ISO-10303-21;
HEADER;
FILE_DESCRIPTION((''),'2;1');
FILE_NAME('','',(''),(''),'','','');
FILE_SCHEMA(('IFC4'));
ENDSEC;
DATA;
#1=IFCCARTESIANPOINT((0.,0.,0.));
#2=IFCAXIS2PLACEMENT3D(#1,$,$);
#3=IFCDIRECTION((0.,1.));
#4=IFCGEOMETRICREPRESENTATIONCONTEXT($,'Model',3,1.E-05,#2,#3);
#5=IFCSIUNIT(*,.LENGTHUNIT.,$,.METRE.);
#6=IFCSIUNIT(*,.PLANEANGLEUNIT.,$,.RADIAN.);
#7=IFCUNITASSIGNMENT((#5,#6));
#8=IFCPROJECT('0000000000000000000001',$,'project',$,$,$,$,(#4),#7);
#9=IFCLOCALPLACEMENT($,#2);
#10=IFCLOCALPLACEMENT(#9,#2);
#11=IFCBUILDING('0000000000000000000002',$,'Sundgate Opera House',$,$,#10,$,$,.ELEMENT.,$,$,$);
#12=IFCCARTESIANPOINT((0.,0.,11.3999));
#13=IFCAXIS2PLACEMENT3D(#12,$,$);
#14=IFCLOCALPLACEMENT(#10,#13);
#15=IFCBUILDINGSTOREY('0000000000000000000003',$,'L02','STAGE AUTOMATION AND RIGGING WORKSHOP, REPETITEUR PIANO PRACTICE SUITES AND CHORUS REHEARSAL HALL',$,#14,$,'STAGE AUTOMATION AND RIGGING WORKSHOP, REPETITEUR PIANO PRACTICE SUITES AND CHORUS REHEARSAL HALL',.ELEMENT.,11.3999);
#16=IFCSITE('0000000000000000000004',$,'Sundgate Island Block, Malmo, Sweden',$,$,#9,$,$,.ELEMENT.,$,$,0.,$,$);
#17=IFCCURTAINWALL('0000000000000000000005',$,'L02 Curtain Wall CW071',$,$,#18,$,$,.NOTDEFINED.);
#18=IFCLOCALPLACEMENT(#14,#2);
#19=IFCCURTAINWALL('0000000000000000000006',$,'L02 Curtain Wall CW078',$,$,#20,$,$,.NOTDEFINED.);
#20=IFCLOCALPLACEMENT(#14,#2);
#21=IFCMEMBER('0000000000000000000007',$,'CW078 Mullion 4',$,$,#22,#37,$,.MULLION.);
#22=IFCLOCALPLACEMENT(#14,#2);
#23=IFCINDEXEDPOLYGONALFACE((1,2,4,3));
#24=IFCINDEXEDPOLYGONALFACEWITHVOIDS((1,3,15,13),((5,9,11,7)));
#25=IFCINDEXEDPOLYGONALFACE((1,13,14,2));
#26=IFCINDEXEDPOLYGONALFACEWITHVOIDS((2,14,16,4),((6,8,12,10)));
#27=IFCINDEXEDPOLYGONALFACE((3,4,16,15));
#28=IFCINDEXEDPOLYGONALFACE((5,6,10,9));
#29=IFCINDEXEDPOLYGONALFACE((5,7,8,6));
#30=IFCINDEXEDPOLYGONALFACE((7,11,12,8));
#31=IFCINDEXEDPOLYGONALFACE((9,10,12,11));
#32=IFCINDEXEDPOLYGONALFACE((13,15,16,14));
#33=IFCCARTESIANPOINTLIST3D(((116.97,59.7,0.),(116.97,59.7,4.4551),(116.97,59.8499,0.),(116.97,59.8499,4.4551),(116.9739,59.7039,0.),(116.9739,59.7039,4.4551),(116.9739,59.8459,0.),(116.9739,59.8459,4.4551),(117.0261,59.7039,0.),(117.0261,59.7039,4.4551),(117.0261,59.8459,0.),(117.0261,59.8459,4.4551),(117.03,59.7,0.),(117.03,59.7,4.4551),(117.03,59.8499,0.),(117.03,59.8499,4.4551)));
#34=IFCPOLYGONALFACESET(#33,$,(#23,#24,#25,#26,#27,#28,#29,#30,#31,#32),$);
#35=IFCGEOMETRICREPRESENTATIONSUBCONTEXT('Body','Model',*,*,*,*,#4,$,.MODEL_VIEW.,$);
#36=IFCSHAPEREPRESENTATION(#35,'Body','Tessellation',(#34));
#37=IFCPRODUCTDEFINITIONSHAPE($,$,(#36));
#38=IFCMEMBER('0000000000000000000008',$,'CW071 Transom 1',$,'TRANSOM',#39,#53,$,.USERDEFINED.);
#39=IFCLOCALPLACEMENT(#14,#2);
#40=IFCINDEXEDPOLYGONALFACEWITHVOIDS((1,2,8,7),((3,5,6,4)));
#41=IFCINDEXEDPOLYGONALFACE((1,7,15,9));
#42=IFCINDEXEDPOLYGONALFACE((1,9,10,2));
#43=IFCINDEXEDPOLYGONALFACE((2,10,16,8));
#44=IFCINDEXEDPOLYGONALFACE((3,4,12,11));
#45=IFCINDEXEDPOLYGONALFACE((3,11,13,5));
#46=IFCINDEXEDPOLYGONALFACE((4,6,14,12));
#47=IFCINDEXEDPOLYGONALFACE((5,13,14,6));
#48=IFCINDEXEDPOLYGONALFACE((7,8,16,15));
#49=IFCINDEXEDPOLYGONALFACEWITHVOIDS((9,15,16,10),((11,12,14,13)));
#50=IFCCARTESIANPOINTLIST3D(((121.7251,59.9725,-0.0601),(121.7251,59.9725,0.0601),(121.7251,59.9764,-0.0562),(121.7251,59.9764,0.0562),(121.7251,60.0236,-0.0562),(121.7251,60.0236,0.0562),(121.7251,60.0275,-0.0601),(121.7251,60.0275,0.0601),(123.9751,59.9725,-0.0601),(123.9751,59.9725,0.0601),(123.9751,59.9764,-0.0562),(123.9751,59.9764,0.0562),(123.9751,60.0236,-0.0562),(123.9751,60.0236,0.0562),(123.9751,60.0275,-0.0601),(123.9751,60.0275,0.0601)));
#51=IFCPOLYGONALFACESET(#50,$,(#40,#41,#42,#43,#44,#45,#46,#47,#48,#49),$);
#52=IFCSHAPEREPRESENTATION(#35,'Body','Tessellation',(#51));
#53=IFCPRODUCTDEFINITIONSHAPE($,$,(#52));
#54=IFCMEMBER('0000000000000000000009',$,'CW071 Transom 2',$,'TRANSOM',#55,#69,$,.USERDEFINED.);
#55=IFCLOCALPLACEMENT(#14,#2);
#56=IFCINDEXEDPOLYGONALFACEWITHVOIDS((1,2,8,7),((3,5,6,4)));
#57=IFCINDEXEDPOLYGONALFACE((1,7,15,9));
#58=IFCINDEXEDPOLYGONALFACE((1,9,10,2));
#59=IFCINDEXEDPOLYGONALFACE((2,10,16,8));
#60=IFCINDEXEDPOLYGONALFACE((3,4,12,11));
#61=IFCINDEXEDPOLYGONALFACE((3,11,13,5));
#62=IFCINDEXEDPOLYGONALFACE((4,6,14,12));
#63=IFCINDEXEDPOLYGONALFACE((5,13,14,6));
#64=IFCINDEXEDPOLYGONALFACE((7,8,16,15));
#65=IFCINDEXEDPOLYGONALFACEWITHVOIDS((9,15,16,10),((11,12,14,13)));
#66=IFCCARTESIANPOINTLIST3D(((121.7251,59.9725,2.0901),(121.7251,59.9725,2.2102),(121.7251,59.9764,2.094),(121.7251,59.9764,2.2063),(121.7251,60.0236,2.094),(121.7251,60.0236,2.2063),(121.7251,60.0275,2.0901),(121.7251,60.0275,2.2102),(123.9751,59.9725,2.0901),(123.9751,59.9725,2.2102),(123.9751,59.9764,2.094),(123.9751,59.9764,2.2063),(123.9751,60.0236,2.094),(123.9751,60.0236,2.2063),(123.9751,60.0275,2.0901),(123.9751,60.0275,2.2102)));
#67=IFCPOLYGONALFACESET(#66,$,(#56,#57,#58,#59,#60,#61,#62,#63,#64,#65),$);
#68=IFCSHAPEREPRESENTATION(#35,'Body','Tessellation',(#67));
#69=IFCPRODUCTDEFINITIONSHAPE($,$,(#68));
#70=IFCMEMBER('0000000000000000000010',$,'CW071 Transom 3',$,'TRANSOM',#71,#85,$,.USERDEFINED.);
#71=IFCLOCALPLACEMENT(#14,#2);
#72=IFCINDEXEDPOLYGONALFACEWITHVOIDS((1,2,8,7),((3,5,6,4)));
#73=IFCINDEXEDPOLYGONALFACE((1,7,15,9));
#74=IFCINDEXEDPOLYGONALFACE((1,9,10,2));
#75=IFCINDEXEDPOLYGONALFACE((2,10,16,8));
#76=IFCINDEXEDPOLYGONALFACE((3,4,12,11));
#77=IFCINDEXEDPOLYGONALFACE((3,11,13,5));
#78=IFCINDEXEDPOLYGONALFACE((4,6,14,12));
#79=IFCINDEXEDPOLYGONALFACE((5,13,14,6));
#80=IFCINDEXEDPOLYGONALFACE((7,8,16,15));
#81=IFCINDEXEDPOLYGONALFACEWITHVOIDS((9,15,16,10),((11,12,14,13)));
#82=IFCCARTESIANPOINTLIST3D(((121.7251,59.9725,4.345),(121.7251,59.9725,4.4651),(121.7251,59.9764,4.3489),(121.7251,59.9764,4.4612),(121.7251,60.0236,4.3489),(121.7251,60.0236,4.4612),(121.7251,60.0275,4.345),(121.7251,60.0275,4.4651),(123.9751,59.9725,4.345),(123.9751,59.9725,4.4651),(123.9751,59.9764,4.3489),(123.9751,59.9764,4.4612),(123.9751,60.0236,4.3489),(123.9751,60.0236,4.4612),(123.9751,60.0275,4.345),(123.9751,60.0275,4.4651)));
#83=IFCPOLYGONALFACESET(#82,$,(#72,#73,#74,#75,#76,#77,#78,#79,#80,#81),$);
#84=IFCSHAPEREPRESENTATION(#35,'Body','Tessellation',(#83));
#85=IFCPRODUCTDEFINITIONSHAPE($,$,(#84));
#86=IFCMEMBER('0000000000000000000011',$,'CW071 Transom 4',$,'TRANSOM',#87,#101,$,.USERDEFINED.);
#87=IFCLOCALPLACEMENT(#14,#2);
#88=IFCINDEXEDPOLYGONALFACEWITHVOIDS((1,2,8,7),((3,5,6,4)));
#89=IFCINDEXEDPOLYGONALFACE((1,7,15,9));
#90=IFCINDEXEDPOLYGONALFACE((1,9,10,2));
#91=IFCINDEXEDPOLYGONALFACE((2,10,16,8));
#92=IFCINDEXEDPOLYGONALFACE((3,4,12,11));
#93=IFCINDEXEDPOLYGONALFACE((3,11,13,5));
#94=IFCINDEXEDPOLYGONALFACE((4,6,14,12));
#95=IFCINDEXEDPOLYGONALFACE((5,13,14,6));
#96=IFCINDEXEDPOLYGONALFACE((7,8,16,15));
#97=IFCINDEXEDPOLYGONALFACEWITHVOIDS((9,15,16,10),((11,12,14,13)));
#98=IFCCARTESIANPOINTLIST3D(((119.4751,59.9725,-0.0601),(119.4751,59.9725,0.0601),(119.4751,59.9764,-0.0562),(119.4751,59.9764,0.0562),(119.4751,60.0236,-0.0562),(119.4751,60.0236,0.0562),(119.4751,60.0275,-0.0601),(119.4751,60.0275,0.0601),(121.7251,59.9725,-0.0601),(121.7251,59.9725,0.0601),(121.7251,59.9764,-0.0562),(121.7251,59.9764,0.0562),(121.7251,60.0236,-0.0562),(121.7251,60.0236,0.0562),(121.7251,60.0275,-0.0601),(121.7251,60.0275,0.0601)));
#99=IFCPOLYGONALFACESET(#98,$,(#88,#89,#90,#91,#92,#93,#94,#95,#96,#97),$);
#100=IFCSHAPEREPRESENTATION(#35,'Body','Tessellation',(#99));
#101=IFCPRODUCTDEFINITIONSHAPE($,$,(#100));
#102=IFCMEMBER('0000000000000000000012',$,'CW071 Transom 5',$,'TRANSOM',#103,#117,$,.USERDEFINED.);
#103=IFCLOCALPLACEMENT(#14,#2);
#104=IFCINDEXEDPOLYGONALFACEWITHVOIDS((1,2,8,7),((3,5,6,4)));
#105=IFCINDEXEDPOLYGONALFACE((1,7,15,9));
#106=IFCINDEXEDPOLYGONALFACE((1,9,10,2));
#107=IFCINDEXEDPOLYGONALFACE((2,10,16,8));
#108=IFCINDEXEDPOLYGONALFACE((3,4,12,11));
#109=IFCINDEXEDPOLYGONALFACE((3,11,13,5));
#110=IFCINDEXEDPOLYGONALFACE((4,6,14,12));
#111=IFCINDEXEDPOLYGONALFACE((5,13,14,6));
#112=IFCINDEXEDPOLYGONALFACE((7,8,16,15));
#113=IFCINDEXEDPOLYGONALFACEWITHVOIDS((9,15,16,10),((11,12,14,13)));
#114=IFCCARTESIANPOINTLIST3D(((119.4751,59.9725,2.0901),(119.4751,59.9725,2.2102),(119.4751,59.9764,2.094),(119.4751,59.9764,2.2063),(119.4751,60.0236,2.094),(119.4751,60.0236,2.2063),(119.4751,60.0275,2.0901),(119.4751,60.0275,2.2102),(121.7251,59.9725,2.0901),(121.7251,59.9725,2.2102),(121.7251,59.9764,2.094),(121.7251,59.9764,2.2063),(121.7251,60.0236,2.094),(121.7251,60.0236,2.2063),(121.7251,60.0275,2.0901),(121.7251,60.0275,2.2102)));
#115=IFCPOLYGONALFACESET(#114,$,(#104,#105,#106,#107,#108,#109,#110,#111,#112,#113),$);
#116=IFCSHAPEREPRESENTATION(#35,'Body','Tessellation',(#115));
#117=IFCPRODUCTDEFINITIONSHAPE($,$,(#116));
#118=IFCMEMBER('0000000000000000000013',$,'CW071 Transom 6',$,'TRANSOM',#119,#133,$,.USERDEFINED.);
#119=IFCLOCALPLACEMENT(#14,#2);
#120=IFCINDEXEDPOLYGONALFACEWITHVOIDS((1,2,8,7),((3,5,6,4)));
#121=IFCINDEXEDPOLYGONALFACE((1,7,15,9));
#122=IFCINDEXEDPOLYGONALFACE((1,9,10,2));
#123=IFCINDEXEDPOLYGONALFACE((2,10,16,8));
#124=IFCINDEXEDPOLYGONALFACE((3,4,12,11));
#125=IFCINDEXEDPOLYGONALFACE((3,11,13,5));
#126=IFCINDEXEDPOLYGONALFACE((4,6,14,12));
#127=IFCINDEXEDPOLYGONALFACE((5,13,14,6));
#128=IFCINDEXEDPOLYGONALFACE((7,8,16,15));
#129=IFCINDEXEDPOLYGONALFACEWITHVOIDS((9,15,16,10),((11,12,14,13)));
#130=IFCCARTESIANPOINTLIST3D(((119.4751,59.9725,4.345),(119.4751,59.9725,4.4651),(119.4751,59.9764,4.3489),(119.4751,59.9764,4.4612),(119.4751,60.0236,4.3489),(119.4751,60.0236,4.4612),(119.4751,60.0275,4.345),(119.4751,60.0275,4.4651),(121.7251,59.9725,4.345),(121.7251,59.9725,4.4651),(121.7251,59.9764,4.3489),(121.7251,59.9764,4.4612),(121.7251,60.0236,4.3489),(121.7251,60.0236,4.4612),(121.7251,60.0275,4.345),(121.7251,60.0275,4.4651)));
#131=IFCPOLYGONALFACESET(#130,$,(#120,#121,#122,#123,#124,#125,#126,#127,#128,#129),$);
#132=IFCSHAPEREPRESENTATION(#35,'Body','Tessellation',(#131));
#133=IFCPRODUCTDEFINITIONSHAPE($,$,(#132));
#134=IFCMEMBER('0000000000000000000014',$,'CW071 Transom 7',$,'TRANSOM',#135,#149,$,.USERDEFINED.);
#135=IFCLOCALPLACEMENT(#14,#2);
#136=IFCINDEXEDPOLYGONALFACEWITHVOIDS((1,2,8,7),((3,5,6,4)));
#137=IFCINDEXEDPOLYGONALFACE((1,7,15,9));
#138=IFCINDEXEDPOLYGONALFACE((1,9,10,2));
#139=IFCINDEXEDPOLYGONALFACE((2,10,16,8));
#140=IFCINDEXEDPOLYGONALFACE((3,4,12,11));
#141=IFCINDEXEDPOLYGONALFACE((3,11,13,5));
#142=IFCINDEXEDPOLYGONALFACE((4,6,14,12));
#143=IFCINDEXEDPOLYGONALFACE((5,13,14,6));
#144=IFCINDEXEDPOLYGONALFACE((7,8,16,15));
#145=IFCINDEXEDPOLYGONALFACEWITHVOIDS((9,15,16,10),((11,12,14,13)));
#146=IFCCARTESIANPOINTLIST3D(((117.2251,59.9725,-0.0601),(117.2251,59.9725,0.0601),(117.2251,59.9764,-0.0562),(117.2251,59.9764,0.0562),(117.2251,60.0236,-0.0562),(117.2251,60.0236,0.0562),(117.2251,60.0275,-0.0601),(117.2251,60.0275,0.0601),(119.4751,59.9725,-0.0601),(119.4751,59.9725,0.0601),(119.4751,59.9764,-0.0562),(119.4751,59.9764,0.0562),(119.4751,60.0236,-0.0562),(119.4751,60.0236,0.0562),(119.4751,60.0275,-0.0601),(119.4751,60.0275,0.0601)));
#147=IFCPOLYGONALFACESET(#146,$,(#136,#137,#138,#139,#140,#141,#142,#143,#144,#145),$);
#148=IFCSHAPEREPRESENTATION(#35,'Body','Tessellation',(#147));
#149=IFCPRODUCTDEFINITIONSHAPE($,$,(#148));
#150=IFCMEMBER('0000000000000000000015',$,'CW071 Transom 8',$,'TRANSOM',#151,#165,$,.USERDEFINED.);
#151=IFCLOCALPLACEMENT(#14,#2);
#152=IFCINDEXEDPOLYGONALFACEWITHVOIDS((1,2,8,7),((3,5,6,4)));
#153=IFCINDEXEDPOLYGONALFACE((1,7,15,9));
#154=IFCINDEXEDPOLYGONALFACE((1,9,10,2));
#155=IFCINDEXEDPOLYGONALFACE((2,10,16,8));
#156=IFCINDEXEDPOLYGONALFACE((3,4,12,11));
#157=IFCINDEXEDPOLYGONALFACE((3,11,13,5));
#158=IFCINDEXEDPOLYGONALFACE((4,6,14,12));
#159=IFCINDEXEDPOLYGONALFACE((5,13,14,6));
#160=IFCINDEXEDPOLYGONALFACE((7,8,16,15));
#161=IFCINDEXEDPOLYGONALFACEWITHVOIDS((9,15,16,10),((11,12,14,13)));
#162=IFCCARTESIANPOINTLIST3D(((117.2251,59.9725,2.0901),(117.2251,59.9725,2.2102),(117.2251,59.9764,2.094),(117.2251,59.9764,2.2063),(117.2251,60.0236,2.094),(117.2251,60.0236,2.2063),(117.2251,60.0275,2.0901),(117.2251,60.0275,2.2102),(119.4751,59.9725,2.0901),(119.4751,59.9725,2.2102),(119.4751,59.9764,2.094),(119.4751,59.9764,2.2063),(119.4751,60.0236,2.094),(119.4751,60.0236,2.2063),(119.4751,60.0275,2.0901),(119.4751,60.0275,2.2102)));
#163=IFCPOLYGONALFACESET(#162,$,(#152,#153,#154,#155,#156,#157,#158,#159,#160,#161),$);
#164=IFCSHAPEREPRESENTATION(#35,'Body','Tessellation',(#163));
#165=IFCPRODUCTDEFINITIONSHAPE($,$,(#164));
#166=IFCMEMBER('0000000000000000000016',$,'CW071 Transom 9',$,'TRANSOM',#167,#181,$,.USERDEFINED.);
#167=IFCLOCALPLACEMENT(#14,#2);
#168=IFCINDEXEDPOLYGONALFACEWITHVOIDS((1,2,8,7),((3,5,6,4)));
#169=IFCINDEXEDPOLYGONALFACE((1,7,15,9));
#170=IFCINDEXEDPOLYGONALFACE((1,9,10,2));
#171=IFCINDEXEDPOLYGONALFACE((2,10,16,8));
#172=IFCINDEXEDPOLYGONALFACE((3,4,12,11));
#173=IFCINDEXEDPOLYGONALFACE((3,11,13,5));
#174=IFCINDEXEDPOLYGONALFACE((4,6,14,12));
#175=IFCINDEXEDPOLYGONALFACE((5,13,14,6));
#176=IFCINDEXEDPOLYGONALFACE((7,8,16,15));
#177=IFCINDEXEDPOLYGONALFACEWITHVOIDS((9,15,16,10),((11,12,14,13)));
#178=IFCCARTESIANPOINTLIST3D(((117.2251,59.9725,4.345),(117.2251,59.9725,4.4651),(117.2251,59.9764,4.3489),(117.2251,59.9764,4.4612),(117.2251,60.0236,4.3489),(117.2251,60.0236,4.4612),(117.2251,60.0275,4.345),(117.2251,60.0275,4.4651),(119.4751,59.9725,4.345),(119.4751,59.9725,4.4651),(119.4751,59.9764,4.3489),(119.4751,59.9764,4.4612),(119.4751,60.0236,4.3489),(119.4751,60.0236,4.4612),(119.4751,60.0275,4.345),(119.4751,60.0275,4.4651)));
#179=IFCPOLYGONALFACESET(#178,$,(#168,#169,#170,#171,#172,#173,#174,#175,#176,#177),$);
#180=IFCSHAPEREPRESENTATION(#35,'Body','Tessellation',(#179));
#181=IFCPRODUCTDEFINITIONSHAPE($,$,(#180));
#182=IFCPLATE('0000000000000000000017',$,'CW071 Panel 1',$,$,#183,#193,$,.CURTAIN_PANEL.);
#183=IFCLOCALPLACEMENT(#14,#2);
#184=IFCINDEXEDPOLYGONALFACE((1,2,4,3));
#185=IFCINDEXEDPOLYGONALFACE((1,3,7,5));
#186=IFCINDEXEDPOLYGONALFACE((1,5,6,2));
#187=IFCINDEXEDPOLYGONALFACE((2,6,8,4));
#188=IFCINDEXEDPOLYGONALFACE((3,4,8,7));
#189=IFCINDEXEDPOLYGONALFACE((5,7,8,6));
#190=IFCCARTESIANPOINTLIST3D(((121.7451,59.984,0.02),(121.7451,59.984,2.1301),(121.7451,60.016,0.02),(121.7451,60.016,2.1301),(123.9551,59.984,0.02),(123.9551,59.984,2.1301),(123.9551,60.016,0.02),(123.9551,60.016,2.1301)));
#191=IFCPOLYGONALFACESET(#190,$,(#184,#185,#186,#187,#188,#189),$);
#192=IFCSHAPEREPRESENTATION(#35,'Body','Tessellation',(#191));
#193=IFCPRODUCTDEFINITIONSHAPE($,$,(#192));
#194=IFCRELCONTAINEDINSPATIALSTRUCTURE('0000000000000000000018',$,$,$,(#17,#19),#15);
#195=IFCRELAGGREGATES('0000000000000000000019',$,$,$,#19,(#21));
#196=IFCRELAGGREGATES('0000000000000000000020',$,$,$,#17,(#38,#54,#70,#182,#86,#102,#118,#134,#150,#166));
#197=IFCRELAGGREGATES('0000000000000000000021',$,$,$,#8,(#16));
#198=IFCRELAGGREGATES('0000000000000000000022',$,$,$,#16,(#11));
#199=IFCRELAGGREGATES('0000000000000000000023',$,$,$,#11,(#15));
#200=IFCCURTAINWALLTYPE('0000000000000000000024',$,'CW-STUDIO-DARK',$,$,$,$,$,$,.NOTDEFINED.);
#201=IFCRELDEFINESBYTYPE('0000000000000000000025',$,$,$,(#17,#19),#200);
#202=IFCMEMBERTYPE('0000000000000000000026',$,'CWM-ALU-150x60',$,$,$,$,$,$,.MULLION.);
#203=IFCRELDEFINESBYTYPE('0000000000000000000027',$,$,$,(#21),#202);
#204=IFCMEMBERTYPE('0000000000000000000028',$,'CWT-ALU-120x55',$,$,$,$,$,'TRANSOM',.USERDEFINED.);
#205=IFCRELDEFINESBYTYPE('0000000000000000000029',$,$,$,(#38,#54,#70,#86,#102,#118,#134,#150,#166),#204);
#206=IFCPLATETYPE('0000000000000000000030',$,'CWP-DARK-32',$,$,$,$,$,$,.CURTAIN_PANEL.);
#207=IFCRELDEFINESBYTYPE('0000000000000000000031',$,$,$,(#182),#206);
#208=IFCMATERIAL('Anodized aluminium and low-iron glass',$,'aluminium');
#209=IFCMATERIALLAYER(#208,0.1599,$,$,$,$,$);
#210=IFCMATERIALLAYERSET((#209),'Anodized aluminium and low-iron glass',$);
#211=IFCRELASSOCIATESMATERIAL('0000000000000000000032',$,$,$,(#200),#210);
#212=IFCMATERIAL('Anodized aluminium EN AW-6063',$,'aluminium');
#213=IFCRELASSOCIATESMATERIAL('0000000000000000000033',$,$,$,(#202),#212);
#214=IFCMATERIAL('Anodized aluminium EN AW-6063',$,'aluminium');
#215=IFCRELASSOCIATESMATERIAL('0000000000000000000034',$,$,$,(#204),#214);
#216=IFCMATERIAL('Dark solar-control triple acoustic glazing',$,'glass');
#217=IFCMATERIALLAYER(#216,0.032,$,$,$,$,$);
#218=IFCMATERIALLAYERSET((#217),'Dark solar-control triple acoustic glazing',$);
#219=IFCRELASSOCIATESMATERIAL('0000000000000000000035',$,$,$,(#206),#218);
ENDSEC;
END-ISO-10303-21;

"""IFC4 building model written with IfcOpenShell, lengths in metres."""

from ifc_helpers import new_model, si_unit, direction, frame, origin, origin_2d, place, context, subcontext, project, spatial, rectangle, hollow_rectangle, extrude, material, layer, layer_set, material_profile, profile_set, type_object, element, aggregate, save


model = new_model("IFC4")

# Units and contexts
model_context = context("Model", 3, precision=1e-05, world=origin(), true_north=direction((0.0, 1.0)))
body_context = subcontext(model_context, "Body", "Model", "MODEL_VIEW")
ifc_project = project(units=[si_unit("LENGTHUNIT", "METRE"), si_unit("PLANEANGLEUNIT", "RADIAN")], contexts=[model_context])

# Site, building, storey
site_placement = place(None, origin())
site = spatial("IfcSite", under=ifc_project, at=site_placement, Name="Sundgate Island Block, Malmo, Sweden", CompositionType="ELEMENT", RefElevation=0.0)
building_placement = place(site_placement, origin())
building = spatial("IfcBuilding", under=site, at=building_placement, Name="Sundgate Opera House", CompositionType="ELEMENT")
storey_placement = place(building_placement, frame((0.0, 0.0, 11.3999)))
storey = spatial("IfcBuildingStorey", under=building, at=storey_placement, Name="L02", Description="STAGE AUTOMATION AND RIGGING WORKSHOP, REPETITEUR PIANO PRACTICE SUITES AND CHORUS REHEARSAL HALL", LongName="STAGE AUTOMATION AND RIGGING WORKSHOP, REPETITEUR PIANO PRACTICE SUITES AND CHORUS REHEARSAL HALL", CompositionType="ELEMENT", Elevation=11.3999)

# Curtain wall
ifc_material_1 = material(Name="Anodized aluminium and low-iron glass", Category="aluminium")
ifc_layer_1 = layer(ifc_material_1, 0.1599)
ifc_layer_set_1 = layer_set([ifc_layer_1], Name="Anodized aluminium and low-iron glass")
curtain_wall_type = type_object("IfcCurtainWallType", Name="CW-STUDIO-DARK", PredefinedType="NOTDEFINED", material=ifc_layer_set_1)
curtain_wall_1_placement = place(storey_placement, origin())
curtain_wall_1 = element("IfcCurtainWall", 1, at=curtain_wall_1_placement, inside=storey, type_object=curtain_wall_type, Name="L02 Curtain Wall CW071", PredefinedType="NOTDEFINED")
ifc_material_2 = material(Name="Anodized aluminium EN AW-6063", Category="aluminium")
ifc_material_profile_1 = material_profile(ifc_material_2, hollow_rectangle(XDim=0.0601, YDim=0.1499, WallThickness=0.0039, at=origin_2d()), Name="CWM 150x60x4")
ifc_profile_set_1 = profile_set([ifc_material_profile_1], Name="Anodized aluminium EN AW-6063")
member_type_1 = type_object("IfcMemberType", Name="CWM-ALU-150x60", PredefinedType="MULLION", material=ifc_profile_set_1)

# Curtain wall, member
curtain_wall_2_placement = place(storey_placement, origin())
curtain_wall_2 = element("IfcCurtainWall", 2, at=curtain_wall_2_placement, inside=storey, type_object=curtain_wall_type, Name="L02 Curtain Wall CW078", PredefinedType="NOTDEFINED")
member_1_placement = place(storey_placement, frame((117.0, 59.7749, 0.0), z_axis=(0.0, 0.0, 1.0), x_axis=(1.0, 0.0, 0.0)))
member_1 = element("IfcMember", 3, at=member_1_placement, type_object=member_type_1, Name="CW078 Mullion 4", PredefinedType="MULLION", context=body_context, shape_type="SweptSolid", body=[
    extrude(hollow_rectangle(XDim=0.0601, YDim=0.1499, WallThickness=0.0039, at=origin_2d()), origin(), (0.0, 0.0, 1.0), 4.4551),
])
aggregate(curtain_wall_2, [member_1])

# Members
ifc_material_3 = material(Name="Anodized aluminium EN AW-6063", Category="aluminium")
ifc_material_profile_2 = material_profile(ifc_material_3, hollow_rectangle(XDim=0.0549, YDim=0.1201, WallThickness=0.0039, at=origin_2d()), Name="CWT 120x55x4")
ifc_profile_set_2 = profile_set([ifc_material_profile_2], Name="Anodized aluminium EN AW-6063")
member_type_2 = type_object("IfcMemberType", Name="CWT-ALU-120x55", ElementType="TRANSOM", PredefinedType="USERDEFINED", material=ifc_profile_set_2)
member_2_placement = place(storey_placement, frame((123.9751, 60.0, 0.0), z_axis=(-1.0, 0.0, 0.0), x_axis=(0.0, -1.0, 0.0)))
member_2 = element("IfcMember", 4, at=member_2_placement, type_object=member_type_2, Name="CW071 Transom 1", ObjectType="TRANSOM", PredefinedType="USERDEFINED", context=body_context, shape_type="SweptSolid", body=[
    extrude(hollow_rectangle(XDim=0.0549, YDim=0.1201, WallThickness=0.0039, at=origin_2d()), origin(), (0.0, 0.0, 1.0), 2.25),
])
member_3_placement = place(storey_placement, frame((123.9751, 60.0, 2.1501), z_axis=(-1.0, 0.0, 0.0), x_axis=(0.0, -1.0, 0.0)))
member_3 = element("IfcMember", 5, at=member_3_placement, type_object=member_type_2, Name="CW071 Transom 2", ObjectType="TRANSOM", PredefinedType="USERDEFINED", context=body_context, shape_type="SweptSolid", body=[
    extrude(hollow_rectangle(XDim=0.0549, YDim=0.1201, WallThickness=0.0039, at=origin_2d()), origin(), (0.0, 0.0, 1.0), 2.25),
])
member_4_placement = place(storey_placement, frame((123.9751, 60.0, 4.405), z_axis=(-1.0, 0.0, 0.0), x_axis=(0.0, -1.0, 0.0)))
member_4 = element("IfcMember", 6, at=member_4_placement, type_object=member_type_2, Name="CW071 Transom 3", ObjectType="TRANSOM", PredefinedType="USERDEFINED", context=body_context, shape_type="SweptSolid", body=[
    extrude(hollow_rectangle(XDim=0.0549, YDim=0.1201, WallThickness=0.0039, at=origin_2d()), origin(), (0.0, 0.0, 1.0), 2.25),
])
member_5_placement = place(storey_placement, frame((121.7251, 60.0, 0.0), z_axis=(-1.0, 0.0, 0.0), x_axis=(0.0, -1.0, 0.0)))
member_5 = element("IfcMember", 7, at=member_5_placement, type_object=member_type_2, Name="CW071 Transom 4", ObjectType="TRANSOM", PredefinedType="USERDEFINED", context=body_context, shape_type="SweptSolid", body=[
    extrude(hollow_rectangle(XDim=0.0549, YDim=0.1201, WallThickness=0.0039, at=origin_2d()), origin(), (0.0, 0.0, 1.0), 2.25),
])
member_6_placement = place(storey_placement, frame((121.7251, 60.0, 2.1501), z_axis=(-1.0, 0.0, 0.0), x_axis=(0.0, -1.0, 0.0)))
member_6 = element("IfcMember", 8, at=member_6_placement, type_object=member_type_2, Name="CW071 Transom 5", ObjectType="TRANSOM", PredefinedType="USERDEFINED", context=body_context, shape_type="SweptSolid", body=[
    extrude(hollow_rectangle(XDim=0.0549, YDim=0.1201, WallThickness=0.0039, at=origin_2d()), origin(), (0.0, 0.0, 1.0), 2.25),
])
member_7_placement = place(storey_placement, frame((121.7251, 60.0, 4.405), z_axis=(-1.0, 0.0, 0.0), x_axis=(0.0, -1.0, 0.0)))
member_7 = element("IfcMember", 9, at=member_7_placement, type_object=member_type_2, Name="CW071 Transom 6", ObjectType="TRANSOM", PredefinedType="USERDEFINED", context=body_context, shape_type="SweptSolid", body=[
    extrude(hollow_rectangle(XDim=0.0549, YDim=0.1201, WallThickness=0.0039, at=origin_2d()), origin(), (0.0, 0.0, 1.0), 2.25),
])
member_8_placement = place(storey_placement, frame((119.4751, 60.0, 0.0), z_axis=(-1.0, 0.0, 0.0), x_axis=(0.0, -1.0, 0.0)))
member_8 = element("IfcMember", 10, at=member_8_placement, type_object=member_type_2, Name="CW071 Transom 7", ObjectType="TRANSOM", PredefinedType="USERDEFINED", context=body_context, shape_type="SweptSolid", body=[
    extrude(hollow_rectangle(XDim=0.0549, YDim=0.1201, WallThickness=0.0039, at=origin_2d()), origin(), (0.0, 0.0, 1.0), 2.25),
])
member_9_placement = place(storey_placement, frame((119.4751, 60.0, 2.1501), z_axis=(-1.0, 0.0, 0.0), x_axis=(0.0, -1.0, 0.0)))
member_9 = element("IfcMember", 11, at=member_9_placement, type_object=member_type_2, Name="CW071 Transom 8", ObjectType="TRANSOM", PredefinedType="USERDEFINED", context=body_context, shape_type="SweptSolid", body=[
    extrude(hollow_rectangle(XDim=0.0549, YDim=0.1201, WallThickness=0.0039, at=origin_2d()), origin(), (0.0, 0.0, 1.0), 2.25),
])
member_10_placement = place(storey_placement, frame((119.4751, 60.0, 4.405), z_axis=(-1.0, 0.0, 0.0), x_axis=(0.0, -1.0, 0.0)))
member_10 = element("IfcMember", 12, at=member_10_placement, type_object=member_type_2, Name="CW071 Transom 9", ObjectType="TRANSOM", PredefinedType="USERDEFINED", context=body_context, shape_type="SweptSolid", body=[
    extrude(hollow_rectangle(XDim=0.0549, YDim=0.1201, WallThickness=0.0039, at=origin_2d()), origin(), (0.0, 0.0, 1.0), 2.25),
])

# Plate
ifc_material_4 = material(Name="Dark solar-control triple acoustic glazing", Category="glass")
ifc_layer_2 = layer(ifc_material_4, 0.032)
ifc_layer_set_2 = layer_set([ifc_layer_2], Name="Dark solar-control triple acoustic glazing")
plate_type_1 = type_object("IfcPlateType", Name="CWP-DARK-32", PredefinedType="CURTAIN_PANEL", material=ifc_layer_set_2)
plate_1_placement = place(storey_placement, frame((122.8501, 60.0, 0.02), z_axis=(0.0, 0.0, 1.0), x_axis=(-1.0, 0.0, 0.0)))
plate_1 = element("IfcPlate", 13, at=plate_1_placement, type_object=plate_type_1, Name="CW071 Panel 1", PredefinedType="CURTAIN_PANEL", context=body_context, shape_type="SweptSolid", body=[
    extrude(rectangle(XDim=2.21, YDim=0.032, at=origin_2d()), origin(), (0.0, 0.0, 1.0), 2.1101),
])
aggregate(curtain_wall_1, [member_2, member_3, member_4, plate_1, member_5, member_6, member_7, member_8, member_9, member_10])

save(model, "model.ifc")
